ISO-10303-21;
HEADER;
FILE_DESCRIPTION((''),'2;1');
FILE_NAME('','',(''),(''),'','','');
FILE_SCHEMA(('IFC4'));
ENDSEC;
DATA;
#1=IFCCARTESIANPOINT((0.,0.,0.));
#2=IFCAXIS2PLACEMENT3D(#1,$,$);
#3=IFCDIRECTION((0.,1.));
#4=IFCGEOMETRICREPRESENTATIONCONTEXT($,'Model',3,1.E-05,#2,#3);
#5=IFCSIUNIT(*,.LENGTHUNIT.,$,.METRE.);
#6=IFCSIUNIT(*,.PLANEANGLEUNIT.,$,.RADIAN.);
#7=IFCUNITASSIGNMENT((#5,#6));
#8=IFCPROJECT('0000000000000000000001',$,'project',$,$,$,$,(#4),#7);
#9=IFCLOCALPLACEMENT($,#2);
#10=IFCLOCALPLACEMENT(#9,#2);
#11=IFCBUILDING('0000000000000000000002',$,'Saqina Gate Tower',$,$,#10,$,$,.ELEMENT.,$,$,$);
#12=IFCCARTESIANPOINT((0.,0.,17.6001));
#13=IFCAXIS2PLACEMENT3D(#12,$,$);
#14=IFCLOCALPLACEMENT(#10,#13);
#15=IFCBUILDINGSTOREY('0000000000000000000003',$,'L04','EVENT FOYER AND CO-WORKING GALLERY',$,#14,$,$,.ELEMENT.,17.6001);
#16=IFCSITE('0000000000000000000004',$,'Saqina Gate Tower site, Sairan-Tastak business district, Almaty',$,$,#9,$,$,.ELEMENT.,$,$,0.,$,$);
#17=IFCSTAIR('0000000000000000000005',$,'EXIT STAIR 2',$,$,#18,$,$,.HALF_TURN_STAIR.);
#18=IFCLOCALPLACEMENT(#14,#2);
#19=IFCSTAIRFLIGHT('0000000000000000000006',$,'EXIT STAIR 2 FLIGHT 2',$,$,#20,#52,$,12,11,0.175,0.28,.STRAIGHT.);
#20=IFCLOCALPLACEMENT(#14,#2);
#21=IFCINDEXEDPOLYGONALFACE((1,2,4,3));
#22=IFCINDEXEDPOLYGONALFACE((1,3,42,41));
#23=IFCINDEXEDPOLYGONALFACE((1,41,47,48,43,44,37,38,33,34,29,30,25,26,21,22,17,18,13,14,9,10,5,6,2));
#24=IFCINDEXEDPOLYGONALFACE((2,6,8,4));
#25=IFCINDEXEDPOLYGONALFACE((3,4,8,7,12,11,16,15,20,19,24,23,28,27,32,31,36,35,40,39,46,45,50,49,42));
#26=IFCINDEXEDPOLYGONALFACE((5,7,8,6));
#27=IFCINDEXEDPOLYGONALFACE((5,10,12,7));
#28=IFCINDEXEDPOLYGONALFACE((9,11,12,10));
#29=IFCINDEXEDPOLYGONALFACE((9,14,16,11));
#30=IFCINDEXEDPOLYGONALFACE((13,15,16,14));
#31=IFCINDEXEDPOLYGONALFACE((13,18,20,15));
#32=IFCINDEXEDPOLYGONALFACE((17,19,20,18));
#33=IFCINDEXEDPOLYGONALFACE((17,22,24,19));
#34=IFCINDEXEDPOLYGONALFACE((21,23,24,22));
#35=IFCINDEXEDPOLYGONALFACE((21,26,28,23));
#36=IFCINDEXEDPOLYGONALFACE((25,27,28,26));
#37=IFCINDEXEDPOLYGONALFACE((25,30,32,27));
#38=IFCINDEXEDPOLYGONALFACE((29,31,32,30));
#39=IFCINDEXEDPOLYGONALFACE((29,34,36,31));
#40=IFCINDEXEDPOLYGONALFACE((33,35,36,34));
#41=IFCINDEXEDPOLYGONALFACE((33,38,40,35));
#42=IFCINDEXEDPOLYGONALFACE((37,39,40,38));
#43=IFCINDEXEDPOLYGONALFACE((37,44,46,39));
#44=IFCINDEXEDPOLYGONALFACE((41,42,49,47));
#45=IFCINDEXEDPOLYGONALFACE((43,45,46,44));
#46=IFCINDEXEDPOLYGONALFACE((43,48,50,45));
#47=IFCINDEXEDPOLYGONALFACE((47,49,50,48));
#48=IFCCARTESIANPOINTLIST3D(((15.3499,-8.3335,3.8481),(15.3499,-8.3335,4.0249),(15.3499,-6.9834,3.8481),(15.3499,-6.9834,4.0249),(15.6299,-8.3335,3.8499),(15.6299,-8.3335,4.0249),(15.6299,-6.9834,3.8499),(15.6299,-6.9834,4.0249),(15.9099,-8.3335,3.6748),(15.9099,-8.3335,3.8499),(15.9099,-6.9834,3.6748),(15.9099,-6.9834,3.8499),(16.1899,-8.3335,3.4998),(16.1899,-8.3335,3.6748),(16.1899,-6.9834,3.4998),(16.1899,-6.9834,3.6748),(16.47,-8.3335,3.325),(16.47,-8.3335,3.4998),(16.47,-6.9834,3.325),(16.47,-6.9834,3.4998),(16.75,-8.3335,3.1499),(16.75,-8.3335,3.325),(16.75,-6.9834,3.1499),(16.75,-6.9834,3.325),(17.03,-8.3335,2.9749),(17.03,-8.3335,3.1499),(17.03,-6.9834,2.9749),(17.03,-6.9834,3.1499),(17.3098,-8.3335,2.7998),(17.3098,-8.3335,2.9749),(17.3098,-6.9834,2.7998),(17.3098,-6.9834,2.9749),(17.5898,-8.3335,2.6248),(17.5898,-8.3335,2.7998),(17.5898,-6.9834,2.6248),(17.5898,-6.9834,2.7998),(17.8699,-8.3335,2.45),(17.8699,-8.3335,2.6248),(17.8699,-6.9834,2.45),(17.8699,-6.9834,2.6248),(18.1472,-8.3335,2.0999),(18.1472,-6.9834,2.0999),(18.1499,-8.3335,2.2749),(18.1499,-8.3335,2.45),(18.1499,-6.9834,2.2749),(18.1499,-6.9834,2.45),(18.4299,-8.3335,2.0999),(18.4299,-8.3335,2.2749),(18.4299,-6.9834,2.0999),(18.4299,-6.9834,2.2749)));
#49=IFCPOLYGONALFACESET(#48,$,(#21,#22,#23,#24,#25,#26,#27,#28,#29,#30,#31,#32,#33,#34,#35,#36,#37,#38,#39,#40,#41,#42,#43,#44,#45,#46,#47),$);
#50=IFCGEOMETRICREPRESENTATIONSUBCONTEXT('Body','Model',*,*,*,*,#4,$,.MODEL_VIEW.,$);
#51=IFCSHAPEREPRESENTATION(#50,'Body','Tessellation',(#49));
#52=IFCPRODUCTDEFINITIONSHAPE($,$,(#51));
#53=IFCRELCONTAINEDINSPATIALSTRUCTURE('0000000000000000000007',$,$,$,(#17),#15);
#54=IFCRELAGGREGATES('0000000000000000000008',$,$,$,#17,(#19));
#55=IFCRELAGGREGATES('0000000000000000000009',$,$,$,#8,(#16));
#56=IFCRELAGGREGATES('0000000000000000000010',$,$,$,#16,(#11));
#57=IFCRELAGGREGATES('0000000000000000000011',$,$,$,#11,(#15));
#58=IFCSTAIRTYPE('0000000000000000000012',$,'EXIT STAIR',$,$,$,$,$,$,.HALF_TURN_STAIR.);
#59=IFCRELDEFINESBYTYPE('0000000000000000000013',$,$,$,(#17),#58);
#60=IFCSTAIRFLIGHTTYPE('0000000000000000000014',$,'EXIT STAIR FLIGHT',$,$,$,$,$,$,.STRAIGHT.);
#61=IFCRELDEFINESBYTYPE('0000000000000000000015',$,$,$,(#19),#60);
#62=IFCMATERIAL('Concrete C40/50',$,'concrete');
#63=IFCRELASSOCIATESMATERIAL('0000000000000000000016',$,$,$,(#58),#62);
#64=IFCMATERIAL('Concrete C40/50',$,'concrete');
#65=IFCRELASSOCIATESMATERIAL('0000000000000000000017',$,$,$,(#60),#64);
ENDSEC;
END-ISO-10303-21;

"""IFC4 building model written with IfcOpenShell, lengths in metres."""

from ifc_helpers import new_model, si_unit, direction, frame, origin, place, context, subcontext, project, spatial, polyline, outline, extrude, material, type_object, element, aggregate, save


model = new_model("IFC4")

# Units and contexts
model_context = context("Model", 3, precision=1e-05, world=origin(), true_north=direction((0.0, 1.0)))
body_context = subcontext(model_context, "Body", "Model", "MODEL_VIEW")
ifc_project = project(units=[si_unit("LENGTHUNIT", "METRE"), si_unit("PLANEANGLEUNIT", "RADIAN")], contexts=[model_context])

# Site, building, storey
site_placement = place(None, origin())
site = spatial("IfcSite", under=ifc_project, at=site_placement, Name="Saqina Gate Tower site, Sairan-Tastak business district, Almaty", CompositionType="ELEMENT", RefElevation=0.0)
building_placement = place(site_placement, origin())
building = spatial("IfcBuilding", under=site, at=building_placement, Name="Saqina Gate Tower", CompositionType="ELEMENT")
storey_placement = place(building_placement, frame((0.0, 0.0, 17.6001)))
storey = spatial("IfcBuildingStorey", under=building, at=storey_placement, Name="L04", Description="EVENT FOYER AND CO-WORKING GALLERY", CompositionType="ELEMENT", Elevation=17.6001)

# Stair, stair flight
ifc_material_1 = material(Name="Concrete C40/50", Category="concrete")
stair_type = type_object("IfcStairType", Name="EXIT STAIR", PredefinedType="HALF_TURN_STAIR", material=ifc_material_1)
stair_placement = place(storey_placement, origin())
stair = element("IfcStair", 1, at=stair_placement, inside=storey, type_object=stair_type, Name="EXIT STAIR 2", PredefinedType="HALF_TURN_STAIR")
ifc_material_2 = material(Name="Concrete C40/50", Category="concrete")
stair_flight_type = type_object("IfcStairFlightType", Name="EXIT STAIR FLIGHT", PredefinedType="STRAIGHT", material=ifc_material_2)
stair_flight_1_placement = place(storey_placement, frame((18.4299, -7.6584, 2.0999), z_axis=(0.0, 0.0, 1.0), x_axis=(-1.0, 0.0, 0.0)))
stair_flight_1 = element("IfcStairFlight", 2, at=stair_flight_1_placement, type_object=stair_flight_type, Name="EXIT STAIR 2 FLIGHT 2", NumberOfRisers=12, NumberOfTreads=11, PredefinedType="STRAIGHT", RiserHeight=0.175, TreadLength=0.28, context=body_context, shape_type="SweptSolid", body=[
    extrude(outline(polyline([(0.0, 0.0), (0.0, 0.175), (0.28, 0.175), (0.28, 0.3501), (0.5601, 0.3501), (0.5601, 0.5249), (0.8401, 0.5249), (0.8401, 0.7), (1.1201, 0.7), (1.1201, 0.875), (1.3999, 0.875), (1.3999, 1.05), (1.6799, 1.05), (1.6799, 1.2251), (1.96, 1.2251), (1.96, 1.3999), (2.24, 1.3999), (2.24, 1.575), (2.52, 1.575), (2.52, 1.75), (2.8, 1.75), (2.8, 1.925), (3.0801, 1.925), (3.0801, 2.1001), (3.0801, 1.7483), (0.2827, 0.0), (0.0, 0.0)])), frame((0.0, 0.675, 0.0), z_axis=(0.0, -1.0, 0.0), x_axis=(1.0, 0.0, 0.0)), (0.0, 0.0, 1.0), 1.3501),
])
aggregate(stair, [stair_flight_1])

save(model, "model.ifc")
